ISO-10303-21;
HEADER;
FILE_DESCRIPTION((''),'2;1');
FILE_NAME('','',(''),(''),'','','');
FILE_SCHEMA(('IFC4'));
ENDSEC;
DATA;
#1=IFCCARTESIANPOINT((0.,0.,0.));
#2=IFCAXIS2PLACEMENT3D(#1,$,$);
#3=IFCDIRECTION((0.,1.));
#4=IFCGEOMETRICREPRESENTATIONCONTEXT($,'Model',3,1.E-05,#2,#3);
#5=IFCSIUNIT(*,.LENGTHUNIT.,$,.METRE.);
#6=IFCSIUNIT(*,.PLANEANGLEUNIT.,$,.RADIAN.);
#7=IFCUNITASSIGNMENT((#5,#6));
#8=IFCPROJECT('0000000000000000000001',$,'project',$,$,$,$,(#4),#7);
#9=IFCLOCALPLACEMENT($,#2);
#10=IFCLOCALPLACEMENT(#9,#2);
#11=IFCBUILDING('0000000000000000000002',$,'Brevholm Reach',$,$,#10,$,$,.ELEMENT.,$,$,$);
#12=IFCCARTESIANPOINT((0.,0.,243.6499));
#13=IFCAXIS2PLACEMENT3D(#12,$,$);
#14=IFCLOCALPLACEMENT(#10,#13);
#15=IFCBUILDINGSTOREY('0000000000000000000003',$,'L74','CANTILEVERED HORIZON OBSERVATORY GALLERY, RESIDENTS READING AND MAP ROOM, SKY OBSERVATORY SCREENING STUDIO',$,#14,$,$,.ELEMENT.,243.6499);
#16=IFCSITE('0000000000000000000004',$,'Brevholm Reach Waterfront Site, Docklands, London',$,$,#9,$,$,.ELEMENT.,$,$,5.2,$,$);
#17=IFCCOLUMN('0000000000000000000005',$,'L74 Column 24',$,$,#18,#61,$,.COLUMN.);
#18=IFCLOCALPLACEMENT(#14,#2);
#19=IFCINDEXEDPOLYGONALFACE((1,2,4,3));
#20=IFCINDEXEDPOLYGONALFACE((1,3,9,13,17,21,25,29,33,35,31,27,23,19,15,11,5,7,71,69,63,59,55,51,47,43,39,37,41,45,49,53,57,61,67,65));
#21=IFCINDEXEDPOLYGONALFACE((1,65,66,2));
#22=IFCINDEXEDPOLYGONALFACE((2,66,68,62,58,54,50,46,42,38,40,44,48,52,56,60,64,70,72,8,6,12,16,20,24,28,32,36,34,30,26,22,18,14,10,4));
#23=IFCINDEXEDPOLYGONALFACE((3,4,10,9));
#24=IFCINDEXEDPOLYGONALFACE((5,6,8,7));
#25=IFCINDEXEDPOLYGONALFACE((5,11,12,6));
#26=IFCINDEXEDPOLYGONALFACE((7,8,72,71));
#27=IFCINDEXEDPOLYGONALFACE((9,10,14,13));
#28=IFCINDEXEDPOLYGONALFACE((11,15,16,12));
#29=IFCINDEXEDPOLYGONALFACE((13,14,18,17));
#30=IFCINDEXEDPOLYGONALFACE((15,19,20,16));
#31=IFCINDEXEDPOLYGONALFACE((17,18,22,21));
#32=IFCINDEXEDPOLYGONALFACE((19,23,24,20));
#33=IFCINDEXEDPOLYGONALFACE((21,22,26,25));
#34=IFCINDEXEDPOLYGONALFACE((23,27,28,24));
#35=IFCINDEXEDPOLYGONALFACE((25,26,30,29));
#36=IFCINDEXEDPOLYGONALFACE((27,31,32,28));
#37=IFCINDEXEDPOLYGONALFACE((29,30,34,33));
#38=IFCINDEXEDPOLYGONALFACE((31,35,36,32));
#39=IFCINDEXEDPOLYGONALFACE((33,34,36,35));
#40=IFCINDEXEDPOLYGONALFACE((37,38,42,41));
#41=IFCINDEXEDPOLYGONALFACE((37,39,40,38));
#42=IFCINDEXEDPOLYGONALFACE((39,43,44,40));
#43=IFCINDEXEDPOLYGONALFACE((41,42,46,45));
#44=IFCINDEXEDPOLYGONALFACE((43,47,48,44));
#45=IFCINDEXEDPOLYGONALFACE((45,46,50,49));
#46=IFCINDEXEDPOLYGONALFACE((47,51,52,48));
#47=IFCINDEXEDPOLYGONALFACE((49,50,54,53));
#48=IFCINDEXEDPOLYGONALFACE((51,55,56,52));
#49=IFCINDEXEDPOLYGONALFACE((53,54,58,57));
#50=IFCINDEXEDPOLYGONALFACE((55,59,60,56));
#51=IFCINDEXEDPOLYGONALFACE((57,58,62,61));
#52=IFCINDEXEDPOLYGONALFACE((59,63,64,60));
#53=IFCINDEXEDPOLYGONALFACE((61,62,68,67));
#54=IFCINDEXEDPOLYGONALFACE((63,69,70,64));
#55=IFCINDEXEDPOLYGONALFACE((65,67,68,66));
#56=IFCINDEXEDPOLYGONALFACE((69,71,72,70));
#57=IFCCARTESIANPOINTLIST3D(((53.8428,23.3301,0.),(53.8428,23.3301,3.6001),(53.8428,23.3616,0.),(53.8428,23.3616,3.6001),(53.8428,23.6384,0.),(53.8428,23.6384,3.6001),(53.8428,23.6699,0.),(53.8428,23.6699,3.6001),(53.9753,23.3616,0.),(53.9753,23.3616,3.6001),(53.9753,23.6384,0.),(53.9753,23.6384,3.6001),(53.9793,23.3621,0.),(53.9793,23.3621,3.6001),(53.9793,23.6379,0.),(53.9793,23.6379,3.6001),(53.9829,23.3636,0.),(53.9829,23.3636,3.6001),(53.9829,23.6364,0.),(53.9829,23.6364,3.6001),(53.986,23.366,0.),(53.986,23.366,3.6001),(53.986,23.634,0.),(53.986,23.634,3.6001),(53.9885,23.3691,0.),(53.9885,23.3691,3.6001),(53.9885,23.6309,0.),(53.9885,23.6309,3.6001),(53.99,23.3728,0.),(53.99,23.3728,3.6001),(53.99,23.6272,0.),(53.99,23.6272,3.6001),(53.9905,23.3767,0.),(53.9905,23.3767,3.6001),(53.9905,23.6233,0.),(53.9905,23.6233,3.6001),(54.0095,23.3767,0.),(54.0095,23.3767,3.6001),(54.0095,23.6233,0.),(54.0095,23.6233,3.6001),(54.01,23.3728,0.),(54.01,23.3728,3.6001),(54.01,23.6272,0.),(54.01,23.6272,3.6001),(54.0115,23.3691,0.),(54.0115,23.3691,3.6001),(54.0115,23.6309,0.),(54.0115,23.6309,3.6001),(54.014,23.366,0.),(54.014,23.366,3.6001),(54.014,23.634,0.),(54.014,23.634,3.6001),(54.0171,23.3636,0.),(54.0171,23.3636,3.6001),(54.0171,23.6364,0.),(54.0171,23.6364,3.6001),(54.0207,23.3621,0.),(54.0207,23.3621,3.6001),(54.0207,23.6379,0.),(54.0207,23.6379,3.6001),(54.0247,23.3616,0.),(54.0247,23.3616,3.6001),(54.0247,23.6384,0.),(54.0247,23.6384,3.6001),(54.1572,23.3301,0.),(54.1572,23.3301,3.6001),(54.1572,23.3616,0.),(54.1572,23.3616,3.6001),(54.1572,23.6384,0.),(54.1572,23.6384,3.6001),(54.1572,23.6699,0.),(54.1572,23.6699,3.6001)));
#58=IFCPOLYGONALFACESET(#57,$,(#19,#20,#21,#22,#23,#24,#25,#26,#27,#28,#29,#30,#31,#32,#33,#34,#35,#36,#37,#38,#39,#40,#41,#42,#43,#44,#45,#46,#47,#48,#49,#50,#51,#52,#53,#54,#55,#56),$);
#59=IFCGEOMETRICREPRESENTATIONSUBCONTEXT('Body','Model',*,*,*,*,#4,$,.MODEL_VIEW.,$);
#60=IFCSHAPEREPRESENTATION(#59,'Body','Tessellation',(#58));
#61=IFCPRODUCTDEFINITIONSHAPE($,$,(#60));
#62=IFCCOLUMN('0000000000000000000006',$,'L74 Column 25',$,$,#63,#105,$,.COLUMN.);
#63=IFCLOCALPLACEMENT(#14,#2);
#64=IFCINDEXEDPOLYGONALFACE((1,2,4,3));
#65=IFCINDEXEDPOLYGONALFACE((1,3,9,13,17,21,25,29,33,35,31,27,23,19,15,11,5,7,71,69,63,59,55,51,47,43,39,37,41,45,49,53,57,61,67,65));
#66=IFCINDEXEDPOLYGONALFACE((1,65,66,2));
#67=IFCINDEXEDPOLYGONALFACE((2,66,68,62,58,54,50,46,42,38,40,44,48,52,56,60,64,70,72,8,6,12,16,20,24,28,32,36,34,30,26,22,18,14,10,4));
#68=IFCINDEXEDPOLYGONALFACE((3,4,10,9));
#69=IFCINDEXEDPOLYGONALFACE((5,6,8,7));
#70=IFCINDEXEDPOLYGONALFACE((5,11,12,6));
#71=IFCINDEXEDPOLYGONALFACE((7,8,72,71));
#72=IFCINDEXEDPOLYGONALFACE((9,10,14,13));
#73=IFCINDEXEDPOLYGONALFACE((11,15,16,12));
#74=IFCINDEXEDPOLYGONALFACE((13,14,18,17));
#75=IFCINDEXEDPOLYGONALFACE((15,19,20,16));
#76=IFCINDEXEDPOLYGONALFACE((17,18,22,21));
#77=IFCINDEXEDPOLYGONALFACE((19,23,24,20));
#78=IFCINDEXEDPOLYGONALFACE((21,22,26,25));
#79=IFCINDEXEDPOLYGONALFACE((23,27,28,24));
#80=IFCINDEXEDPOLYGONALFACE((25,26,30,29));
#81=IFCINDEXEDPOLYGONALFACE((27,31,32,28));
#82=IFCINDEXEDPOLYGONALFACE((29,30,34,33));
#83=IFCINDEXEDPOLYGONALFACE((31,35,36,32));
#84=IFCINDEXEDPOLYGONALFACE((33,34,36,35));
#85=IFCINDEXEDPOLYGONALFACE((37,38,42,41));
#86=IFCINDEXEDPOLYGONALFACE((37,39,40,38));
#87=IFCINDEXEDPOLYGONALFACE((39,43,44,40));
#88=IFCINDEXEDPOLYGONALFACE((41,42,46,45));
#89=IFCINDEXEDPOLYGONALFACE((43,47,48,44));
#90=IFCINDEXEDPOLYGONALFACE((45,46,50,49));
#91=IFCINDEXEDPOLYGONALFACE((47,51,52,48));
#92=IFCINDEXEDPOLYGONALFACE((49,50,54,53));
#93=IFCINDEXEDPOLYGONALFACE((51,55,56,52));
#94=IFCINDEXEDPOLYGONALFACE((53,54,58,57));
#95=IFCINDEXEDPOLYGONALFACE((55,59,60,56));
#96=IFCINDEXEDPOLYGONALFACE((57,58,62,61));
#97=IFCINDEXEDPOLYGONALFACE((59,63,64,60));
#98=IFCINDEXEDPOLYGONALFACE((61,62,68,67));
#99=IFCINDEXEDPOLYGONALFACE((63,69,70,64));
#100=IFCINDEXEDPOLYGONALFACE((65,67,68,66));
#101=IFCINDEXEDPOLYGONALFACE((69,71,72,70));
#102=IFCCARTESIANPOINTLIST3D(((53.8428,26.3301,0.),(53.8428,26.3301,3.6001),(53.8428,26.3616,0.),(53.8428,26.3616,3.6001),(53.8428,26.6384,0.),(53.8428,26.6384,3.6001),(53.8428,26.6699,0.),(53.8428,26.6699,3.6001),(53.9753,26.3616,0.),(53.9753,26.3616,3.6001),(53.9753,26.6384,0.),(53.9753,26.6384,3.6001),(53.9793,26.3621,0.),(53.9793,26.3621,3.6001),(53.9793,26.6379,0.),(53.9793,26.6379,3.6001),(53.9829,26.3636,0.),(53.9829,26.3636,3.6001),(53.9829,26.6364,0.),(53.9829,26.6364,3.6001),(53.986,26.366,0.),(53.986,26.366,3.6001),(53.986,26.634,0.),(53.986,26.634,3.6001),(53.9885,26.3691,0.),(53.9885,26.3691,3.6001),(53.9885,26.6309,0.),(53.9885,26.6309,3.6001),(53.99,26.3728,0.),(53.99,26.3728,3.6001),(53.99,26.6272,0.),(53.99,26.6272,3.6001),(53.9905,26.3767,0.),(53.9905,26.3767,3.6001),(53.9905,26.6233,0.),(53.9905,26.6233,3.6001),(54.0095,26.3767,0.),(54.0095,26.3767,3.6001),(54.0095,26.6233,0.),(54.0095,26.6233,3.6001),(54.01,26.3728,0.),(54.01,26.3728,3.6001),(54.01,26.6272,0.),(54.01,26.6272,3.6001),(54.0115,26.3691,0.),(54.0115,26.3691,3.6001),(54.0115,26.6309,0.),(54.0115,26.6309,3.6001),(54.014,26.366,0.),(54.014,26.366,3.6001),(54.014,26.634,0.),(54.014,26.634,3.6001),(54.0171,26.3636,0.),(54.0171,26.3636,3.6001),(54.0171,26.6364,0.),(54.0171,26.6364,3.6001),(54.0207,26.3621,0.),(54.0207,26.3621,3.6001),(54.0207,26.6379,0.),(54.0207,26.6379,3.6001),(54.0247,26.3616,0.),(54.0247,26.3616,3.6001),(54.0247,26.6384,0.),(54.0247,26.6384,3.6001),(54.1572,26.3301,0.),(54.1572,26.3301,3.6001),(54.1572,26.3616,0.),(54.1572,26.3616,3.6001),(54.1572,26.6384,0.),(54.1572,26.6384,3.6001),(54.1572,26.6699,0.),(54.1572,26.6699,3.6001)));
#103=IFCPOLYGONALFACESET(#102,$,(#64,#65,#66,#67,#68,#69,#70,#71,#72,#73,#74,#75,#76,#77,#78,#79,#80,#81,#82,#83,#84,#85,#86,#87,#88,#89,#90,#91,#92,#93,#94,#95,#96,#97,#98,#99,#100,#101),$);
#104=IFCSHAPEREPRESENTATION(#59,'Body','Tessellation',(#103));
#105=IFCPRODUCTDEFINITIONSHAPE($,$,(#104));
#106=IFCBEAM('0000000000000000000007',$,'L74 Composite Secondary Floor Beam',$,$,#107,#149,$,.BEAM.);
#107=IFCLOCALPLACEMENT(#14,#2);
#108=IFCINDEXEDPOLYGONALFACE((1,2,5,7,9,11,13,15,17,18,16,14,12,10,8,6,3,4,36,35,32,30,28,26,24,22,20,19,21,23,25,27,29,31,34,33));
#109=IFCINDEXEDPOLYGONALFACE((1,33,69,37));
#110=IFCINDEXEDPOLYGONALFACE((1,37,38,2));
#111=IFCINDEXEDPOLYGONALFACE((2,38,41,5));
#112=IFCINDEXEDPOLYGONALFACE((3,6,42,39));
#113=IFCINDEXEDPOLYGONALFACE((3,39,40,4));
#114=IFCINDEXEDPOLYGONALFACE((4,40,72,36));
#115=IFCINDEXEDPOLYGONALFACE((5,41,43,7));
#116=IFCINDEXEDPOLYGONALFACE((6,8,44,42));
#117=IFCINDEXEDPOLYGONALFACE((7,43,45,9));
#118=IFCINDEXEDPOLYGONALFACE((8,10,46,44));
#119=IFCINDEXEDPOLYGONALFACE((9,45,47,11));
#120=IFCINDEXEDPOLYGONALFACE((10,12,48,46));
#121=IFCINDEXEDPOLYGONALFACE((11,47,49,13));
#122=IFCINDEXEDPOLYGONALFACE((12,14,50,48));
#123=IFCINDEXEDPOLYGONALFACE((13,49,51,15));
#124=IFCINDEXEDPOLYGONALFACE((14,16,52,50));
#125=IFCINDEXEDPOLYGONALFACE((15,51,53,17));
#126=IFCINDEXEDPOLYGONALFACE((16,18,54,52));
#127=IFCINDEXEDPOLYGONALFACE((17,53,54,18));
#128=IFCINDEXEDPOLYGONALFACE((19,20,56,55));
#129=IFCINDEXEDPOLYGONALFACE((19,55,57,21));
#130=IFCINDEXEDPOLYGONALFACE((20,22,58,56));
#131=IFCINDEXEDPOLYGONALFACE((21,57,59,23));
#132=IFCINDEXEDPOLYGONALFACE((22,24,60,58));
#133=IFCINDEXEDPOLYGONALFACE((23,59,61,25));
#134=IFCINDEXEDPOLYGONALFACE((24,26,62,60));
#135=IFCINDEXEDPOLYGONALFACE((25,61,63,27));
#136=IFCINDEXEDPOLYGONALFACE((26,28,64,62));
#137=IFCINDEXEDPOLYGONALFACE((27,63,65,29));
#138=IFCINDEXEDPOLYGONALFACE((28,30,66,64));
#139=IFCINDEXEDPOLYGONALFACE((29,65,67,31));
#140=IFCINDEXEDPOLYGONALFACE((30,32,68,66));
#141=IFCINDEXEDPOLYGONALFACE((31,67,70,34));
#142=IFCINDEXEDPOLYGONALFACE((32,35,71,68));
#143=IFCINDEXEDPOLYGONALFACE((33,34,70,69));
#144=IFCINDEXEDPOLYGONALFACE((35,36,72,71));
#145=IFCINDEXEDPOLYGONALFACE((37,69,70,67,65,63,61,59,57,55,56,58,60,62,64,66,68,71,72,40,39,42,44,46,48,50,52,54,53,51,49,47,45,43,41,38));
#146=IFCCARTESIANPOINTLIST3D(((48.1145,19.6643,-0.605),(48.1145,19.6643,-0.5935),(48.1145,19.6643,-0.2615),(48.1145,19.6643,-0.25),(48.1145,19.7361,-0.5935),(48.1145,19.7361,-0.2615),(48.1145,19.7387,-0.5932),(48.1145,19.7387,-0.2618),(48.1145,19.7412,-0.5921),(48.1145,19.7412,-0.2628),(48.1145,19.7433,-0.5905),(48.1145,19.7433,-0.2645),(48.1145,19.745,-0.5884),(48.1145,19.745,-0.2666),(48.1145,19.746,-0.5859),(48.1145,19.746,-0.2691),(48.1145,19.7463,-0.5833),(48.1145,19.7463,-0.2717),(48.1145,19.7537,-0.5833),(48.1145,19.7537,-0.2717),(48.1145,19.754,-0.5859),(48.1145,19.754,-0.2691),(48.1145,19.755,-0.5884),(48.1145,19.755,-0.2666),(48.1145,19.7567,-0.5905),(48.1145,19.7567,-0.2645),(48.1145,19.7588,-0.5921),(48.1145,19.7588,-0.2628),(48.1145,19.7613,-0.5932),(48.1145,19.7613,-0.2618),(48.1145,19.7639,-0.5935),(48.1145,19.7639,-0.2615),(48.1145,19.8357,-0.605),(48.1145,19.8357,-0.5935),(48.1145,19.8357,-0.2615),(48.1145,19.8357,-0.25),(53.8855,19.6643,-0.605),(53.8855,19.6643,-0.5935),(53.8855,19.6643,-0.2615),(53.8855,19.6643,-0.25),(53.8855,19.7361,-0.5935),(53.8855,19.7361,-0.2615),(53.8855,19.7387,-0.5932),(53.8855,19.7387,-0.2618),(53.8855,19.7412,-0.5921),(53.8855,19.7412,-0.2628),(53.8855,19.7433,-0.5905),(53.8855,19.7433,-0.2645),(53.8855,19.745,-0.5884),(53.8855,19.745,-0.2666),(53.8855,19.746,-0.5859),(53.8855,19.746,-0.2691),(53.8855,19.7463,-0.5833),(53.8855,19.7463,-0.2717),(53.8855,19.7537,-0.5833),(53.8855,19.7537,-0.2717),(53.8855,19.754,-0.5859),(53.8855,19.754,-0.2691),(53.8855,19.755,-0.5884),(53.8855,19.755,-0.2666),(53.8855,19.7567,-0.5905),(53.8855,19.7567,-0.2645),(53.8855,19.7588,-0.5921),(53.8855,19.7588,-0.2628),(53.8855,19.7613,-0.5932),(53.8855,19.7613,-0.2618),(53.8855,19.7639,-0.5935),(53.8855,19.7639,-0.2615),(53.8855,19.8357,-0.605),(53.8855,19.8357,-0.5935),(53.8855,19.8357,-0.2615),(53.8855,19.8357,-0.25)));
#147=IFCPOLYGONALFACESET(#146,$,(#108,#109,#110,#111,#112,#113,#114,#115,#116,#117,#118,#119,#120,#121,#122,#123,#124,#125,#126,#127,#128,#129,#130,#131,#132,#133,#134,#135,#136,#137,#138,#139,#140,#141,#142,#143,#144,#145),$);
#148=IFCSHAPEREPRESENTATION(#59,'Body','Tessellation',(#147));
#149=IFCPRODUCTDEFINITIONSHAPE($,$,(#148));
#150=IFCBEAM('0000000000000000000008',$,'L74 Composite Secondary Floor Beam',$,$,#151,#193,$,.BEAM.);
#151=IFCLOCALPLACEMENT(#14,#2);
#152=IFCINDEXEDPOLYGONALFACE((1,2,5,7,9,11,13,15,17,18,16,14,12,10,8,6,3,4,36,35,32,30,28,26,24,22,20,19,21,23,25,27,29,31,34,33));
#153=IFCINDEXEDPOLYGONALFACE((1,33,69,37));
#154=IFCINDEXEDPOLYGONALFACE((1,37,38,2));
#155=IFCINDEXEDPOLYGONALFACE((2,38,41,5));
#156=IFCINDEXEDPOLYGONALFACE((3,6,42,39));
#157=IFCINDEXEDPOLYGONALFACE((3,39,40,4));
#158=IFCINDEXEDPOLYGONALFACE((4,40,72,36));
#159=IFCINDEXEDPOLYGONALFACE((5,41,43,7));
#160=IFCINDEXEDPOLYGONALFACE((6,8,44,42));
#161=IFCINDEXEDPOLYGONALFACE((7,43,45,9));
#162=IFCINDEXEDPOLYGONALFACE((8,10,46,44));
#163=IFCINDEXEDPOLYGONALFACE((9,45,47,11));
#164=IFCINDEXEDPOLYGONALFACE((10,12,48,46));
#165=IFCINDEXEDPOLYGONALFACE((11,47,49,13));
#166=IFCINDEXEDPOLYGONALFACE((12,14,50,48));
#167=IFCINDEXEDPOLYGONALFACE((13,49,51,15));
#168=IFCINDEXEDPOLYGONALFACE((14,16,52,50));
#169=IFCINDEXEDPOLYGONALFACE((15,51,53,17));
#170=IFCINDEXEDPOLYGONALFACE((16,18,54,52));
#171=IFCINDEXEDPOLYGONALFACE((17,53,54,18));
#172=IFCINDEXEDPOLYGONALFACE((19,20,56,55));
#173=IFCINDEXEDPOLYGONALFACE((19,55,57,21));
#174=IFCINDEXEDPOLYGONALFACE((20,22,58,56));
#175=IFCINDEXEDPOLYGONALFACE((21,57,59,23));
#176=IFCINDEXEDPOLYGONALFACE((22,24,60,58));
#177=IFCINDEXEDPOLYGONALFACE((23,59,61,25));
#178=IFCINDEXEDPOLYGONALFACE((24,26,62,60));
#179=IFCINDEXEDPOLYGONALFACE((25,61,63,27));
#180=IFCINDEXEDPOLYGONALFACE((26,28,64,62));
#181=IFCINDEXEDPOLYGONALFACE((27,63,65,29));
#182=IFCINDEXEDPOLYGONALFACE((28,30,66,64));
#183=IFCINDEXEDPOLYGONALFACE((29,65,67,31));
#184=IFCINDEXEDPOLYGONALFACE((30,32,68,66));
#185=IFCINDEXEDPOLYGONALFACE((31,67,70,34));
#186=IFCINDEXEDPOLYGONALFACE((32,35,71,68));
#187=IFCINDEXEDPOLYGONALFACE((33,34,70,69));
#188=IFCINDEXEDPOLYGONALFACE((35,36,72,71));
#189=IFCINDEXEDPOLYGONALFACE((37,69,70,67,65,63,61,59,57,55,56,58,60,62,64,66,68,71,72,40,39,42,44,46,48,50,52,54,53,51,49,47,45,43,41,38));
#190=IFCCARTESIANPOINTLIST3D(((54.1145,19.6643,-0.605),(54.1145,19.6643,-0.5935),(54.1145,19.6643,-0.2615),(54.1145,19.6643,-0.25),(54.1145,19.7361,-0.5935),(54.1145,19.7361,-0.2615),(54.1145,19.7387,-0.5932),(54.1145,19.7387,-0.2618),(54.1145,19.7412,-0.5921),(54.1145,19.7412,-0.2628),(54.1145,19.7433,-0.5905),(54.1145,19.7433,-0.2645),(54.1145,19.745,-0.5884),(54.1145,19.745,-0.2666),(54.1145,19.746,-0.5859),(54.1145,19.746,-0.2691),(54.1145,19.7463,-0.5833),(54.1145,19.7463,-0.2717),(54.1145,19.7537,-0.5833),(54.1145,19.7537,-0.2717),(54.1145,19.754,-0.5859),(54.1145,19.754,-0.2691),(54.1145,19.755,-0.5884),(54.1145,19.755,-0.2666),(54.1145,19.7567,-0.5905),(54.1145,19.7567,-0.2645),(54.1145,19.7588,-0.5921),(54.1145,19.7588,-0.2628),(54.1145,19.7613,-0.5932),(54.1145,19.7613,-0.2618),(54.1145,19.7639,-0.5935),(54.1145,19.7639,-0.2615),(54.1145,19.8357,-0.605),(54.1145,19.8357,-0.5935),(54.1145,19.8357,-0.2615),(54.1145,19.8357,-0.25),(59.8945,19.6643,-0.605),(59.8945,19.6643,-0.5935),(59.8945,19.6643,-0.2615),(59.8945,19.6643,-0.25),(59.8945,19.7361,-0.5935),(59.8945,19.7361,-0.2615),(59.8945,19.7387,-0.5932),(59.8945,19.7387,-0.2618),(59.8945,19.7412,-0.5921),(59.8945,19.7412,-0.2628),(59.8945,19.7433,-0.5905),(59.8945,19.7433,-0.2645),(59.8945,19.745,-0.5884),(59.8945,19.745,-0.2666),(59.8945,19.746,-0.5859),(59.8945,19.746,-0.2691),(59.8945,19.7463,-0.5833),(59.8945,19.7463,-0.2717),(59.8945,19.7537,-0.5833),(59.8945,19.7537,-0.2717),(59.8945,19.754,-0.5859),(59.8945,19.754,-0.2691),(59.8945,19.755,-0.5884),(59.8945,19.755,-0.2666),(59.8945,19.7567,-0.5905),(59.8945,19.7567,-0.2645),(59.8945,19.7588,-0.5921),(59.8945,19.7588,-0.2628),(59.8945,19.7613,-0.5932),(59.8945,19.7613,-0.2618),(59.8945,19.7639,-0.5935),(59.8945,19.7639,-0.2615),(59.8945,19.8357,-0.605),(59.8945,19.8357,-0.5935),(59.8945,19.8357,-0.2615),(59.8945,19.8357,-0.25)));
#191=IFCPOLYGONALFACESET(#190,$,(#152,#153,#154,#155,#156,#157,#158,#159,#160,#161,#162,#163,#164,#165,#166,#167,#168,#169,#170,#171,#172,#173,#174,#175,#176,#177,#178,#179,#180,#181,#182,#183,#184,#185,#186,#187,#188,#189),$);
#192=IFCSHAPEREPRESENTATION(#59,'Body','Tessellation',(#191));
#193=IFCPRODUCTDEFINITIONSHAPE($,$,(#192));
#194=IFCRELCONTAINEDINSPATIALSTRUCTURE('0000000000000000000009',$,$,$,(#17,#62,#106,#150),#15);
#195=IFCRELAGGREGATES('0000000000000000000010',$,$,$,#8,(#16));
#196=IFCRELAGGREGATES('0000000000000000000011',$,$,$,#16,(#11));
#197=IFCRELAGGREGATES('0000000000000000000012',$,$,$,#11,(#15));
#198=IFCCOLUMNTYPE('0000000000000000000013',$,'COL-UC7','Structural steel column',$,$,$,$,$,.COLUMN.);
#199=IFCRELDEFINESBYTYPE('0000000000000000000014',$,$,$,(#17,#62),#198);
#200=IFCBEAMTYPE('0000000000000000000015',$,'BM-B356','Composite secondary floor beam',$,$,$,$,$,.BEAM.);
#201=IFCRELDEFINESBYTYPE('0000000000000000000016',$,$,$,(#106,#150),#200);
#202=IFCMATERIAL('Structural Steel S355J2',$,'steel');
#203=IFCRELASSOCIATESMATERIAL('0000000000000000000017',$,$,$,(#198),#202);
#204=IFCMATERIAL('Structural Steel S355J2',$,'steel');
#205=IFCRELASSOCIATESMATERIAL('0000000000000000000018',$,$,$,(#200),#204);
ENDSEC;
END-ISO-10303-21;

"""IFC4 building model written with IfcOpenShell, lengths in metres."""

from ifc_helpers import new_model, si_unit, direction, frame, origin, origin_2d, place, context, subcontext, project, spatial, i_section, extrude, material, material_profile, profile_set, type_object, element, save


model = new_model("IFC4")

# Units and contexts
model_context = context("Model", 3, precision=1e-05, world=origin(), true_north=direction((0.0, 1.0)))
body_context = subcontext(model_context, "Body", "Model", "MODEL_VIEW")
ifc_project = project(units=[si_unit("LENGTHUNIT", "METRE"), si_unit("PLANEANGLEUNIT", "RADIAN")], contexts=[model_context])

# Site, building, storey
site_placement = place(None, origin())
site = spatial("IfcSite", under=ifc_project, at=site_placement, Name="Brevholm Reach Waterfront Site, Docklands, London", CompositionType="ELEMENT", RefElevation=5.2)
building_placement = place(site_placement, origin())
building = spatial("IfcBuilding", under=site, at=building_placement, Name="Brevholm Reach", CompositionType="ELEMENT")
storey_placement = place(building_placement, frame((0.0, 0.0, 243.6499)))
storey = spatial("IfcBuildingStorey", under=building, at=storey_placement, Name="L74", Description="CANTILEVERED HORIZON OBSERVATORY GALLERY, RESIDENTS READING AND MAP ROOM, SKY OBSERVATORY SCREENING STUDIO", CompositionType="ELEMENT", Elevation=243.6499)

# Columns
ifc_material_1 = material(Name="Structural Steel S355J2", Category="steel")
ifc_material_profile_1 = material_profile(ifc_material_1, i_section(OverallWidth=0.3145, OverallDepth=0.3398, WebThickness=0.019, FlangeThickness=0.0315, FilletRadius=0.0151, at=origin_2d()), Name="UKC 305x305x198")
ifc_profile_set_1 = profile_set([ifc_material_profile_1], Name="Structural Steel S355J2")
column_type = type_object("IfcColumnType", Name="COL-UC7", Description="Structural steel column", PredefinedType="COLUMN", material=ifc_profile_set_1)
for number, where, z_axis, x_axis, name in (
    (1, (54.0, 23.5, 0.0), (0.0, 0.0, 1.0), (1.0, 0.0, 0.0), "L74 Column 24"),
    (2, (54.0, 26.5, 0.0), (0.0, 0.0, 1.0), (1.0, 0.0, 0.0), "L74 Column 25"),
):
    element("IfcColumn", number, at=place(storey_placement, frame(where, z_axis=z_axis, x_axis=x_axis)), inside=storey, type_object=column_type, Name=name, PredefinedType="COLUMN", context=body_context, shape_type="SweptSolid", body=[
        extrude(i_section(OverallWidth=0.3145, OverallDepth=0.3398, WebThickness=0.019, FlangeThickness=0.0315, FilletRadius=0.0151, at=origin_2d()), origin(), (0.0, 0.0, 1.0), 3.6001),
    ])

# Beams
ifc_material_2 = material(Name="Structural Steel S355J2", Category="steel")
ifc_material_profile_2 = material_profile(ifc_material_2, i_section(OverallWidth=0.1714, OverallDepth=0.355, WebThickness=0.0073, FlangeThickness=0.0115, FilletRadius=0.0103, at=origin_2d()), Name="UKB 356x171x51")
ifc_profile_set_2 = profile_set([ifc_material_profile_2], Name="Structural Steel S355J2")
beam_type_1 = type_object("IfcBeamType", Name="BM-B356", Description="Composite secondary floor beam", PredefinedType="BEAM", material=ifc_profile_set_2)
beam_1_placement = place(storey_placement, frame((48.1145, 19.75, -0.4275), z_axis=(1.0, 0.0, 0.0), x_axis=(0.0, 1.0, 0.0)))
element("IfcBeam", 3, at=beam_1_placement, inside=storey, type_object=beam_type_1, Name="L74 Composite Secondary Floor Beam", PredefinedType="BEAM", context=body_context, shape_type="SweptSolid", body=[
    extrude(i_section(OverallWidth=0.1714, OverallDepth=0.355, WebThickness=0.0073, FlangeThickness=0.0115, FilletRadius=0.0103, at=origin_2d()), origin(), (0.0, 0.0, 1.0), 5.771),
])
beam_2_placement = place(storey_placement, frame((54.1145, 19.75, -0.4275), z_axis=(1.0, 0.0, 0.0), x_axis=(0.0, 1.0, 0.0)))
element("IfcBeam", 4, at=beam_2_placement, inside=storey, type_object=beam_type_1, Name="L74 Composite Secondary Floor Beam", PredefinedType="BEAM", context=body_context, shape_type="SweptSolid", body=[
    extrude(i_section(OverallWidth=0.1714, OverallDepth=0.355, WebThickness=0.0073, FlangeThickness=0.0115, FilletRadius=0.0103, at=origin_2d()), origin(), (0.0, 0.0, 1.0), 5.78),
])

save(model, "model.ifc")
